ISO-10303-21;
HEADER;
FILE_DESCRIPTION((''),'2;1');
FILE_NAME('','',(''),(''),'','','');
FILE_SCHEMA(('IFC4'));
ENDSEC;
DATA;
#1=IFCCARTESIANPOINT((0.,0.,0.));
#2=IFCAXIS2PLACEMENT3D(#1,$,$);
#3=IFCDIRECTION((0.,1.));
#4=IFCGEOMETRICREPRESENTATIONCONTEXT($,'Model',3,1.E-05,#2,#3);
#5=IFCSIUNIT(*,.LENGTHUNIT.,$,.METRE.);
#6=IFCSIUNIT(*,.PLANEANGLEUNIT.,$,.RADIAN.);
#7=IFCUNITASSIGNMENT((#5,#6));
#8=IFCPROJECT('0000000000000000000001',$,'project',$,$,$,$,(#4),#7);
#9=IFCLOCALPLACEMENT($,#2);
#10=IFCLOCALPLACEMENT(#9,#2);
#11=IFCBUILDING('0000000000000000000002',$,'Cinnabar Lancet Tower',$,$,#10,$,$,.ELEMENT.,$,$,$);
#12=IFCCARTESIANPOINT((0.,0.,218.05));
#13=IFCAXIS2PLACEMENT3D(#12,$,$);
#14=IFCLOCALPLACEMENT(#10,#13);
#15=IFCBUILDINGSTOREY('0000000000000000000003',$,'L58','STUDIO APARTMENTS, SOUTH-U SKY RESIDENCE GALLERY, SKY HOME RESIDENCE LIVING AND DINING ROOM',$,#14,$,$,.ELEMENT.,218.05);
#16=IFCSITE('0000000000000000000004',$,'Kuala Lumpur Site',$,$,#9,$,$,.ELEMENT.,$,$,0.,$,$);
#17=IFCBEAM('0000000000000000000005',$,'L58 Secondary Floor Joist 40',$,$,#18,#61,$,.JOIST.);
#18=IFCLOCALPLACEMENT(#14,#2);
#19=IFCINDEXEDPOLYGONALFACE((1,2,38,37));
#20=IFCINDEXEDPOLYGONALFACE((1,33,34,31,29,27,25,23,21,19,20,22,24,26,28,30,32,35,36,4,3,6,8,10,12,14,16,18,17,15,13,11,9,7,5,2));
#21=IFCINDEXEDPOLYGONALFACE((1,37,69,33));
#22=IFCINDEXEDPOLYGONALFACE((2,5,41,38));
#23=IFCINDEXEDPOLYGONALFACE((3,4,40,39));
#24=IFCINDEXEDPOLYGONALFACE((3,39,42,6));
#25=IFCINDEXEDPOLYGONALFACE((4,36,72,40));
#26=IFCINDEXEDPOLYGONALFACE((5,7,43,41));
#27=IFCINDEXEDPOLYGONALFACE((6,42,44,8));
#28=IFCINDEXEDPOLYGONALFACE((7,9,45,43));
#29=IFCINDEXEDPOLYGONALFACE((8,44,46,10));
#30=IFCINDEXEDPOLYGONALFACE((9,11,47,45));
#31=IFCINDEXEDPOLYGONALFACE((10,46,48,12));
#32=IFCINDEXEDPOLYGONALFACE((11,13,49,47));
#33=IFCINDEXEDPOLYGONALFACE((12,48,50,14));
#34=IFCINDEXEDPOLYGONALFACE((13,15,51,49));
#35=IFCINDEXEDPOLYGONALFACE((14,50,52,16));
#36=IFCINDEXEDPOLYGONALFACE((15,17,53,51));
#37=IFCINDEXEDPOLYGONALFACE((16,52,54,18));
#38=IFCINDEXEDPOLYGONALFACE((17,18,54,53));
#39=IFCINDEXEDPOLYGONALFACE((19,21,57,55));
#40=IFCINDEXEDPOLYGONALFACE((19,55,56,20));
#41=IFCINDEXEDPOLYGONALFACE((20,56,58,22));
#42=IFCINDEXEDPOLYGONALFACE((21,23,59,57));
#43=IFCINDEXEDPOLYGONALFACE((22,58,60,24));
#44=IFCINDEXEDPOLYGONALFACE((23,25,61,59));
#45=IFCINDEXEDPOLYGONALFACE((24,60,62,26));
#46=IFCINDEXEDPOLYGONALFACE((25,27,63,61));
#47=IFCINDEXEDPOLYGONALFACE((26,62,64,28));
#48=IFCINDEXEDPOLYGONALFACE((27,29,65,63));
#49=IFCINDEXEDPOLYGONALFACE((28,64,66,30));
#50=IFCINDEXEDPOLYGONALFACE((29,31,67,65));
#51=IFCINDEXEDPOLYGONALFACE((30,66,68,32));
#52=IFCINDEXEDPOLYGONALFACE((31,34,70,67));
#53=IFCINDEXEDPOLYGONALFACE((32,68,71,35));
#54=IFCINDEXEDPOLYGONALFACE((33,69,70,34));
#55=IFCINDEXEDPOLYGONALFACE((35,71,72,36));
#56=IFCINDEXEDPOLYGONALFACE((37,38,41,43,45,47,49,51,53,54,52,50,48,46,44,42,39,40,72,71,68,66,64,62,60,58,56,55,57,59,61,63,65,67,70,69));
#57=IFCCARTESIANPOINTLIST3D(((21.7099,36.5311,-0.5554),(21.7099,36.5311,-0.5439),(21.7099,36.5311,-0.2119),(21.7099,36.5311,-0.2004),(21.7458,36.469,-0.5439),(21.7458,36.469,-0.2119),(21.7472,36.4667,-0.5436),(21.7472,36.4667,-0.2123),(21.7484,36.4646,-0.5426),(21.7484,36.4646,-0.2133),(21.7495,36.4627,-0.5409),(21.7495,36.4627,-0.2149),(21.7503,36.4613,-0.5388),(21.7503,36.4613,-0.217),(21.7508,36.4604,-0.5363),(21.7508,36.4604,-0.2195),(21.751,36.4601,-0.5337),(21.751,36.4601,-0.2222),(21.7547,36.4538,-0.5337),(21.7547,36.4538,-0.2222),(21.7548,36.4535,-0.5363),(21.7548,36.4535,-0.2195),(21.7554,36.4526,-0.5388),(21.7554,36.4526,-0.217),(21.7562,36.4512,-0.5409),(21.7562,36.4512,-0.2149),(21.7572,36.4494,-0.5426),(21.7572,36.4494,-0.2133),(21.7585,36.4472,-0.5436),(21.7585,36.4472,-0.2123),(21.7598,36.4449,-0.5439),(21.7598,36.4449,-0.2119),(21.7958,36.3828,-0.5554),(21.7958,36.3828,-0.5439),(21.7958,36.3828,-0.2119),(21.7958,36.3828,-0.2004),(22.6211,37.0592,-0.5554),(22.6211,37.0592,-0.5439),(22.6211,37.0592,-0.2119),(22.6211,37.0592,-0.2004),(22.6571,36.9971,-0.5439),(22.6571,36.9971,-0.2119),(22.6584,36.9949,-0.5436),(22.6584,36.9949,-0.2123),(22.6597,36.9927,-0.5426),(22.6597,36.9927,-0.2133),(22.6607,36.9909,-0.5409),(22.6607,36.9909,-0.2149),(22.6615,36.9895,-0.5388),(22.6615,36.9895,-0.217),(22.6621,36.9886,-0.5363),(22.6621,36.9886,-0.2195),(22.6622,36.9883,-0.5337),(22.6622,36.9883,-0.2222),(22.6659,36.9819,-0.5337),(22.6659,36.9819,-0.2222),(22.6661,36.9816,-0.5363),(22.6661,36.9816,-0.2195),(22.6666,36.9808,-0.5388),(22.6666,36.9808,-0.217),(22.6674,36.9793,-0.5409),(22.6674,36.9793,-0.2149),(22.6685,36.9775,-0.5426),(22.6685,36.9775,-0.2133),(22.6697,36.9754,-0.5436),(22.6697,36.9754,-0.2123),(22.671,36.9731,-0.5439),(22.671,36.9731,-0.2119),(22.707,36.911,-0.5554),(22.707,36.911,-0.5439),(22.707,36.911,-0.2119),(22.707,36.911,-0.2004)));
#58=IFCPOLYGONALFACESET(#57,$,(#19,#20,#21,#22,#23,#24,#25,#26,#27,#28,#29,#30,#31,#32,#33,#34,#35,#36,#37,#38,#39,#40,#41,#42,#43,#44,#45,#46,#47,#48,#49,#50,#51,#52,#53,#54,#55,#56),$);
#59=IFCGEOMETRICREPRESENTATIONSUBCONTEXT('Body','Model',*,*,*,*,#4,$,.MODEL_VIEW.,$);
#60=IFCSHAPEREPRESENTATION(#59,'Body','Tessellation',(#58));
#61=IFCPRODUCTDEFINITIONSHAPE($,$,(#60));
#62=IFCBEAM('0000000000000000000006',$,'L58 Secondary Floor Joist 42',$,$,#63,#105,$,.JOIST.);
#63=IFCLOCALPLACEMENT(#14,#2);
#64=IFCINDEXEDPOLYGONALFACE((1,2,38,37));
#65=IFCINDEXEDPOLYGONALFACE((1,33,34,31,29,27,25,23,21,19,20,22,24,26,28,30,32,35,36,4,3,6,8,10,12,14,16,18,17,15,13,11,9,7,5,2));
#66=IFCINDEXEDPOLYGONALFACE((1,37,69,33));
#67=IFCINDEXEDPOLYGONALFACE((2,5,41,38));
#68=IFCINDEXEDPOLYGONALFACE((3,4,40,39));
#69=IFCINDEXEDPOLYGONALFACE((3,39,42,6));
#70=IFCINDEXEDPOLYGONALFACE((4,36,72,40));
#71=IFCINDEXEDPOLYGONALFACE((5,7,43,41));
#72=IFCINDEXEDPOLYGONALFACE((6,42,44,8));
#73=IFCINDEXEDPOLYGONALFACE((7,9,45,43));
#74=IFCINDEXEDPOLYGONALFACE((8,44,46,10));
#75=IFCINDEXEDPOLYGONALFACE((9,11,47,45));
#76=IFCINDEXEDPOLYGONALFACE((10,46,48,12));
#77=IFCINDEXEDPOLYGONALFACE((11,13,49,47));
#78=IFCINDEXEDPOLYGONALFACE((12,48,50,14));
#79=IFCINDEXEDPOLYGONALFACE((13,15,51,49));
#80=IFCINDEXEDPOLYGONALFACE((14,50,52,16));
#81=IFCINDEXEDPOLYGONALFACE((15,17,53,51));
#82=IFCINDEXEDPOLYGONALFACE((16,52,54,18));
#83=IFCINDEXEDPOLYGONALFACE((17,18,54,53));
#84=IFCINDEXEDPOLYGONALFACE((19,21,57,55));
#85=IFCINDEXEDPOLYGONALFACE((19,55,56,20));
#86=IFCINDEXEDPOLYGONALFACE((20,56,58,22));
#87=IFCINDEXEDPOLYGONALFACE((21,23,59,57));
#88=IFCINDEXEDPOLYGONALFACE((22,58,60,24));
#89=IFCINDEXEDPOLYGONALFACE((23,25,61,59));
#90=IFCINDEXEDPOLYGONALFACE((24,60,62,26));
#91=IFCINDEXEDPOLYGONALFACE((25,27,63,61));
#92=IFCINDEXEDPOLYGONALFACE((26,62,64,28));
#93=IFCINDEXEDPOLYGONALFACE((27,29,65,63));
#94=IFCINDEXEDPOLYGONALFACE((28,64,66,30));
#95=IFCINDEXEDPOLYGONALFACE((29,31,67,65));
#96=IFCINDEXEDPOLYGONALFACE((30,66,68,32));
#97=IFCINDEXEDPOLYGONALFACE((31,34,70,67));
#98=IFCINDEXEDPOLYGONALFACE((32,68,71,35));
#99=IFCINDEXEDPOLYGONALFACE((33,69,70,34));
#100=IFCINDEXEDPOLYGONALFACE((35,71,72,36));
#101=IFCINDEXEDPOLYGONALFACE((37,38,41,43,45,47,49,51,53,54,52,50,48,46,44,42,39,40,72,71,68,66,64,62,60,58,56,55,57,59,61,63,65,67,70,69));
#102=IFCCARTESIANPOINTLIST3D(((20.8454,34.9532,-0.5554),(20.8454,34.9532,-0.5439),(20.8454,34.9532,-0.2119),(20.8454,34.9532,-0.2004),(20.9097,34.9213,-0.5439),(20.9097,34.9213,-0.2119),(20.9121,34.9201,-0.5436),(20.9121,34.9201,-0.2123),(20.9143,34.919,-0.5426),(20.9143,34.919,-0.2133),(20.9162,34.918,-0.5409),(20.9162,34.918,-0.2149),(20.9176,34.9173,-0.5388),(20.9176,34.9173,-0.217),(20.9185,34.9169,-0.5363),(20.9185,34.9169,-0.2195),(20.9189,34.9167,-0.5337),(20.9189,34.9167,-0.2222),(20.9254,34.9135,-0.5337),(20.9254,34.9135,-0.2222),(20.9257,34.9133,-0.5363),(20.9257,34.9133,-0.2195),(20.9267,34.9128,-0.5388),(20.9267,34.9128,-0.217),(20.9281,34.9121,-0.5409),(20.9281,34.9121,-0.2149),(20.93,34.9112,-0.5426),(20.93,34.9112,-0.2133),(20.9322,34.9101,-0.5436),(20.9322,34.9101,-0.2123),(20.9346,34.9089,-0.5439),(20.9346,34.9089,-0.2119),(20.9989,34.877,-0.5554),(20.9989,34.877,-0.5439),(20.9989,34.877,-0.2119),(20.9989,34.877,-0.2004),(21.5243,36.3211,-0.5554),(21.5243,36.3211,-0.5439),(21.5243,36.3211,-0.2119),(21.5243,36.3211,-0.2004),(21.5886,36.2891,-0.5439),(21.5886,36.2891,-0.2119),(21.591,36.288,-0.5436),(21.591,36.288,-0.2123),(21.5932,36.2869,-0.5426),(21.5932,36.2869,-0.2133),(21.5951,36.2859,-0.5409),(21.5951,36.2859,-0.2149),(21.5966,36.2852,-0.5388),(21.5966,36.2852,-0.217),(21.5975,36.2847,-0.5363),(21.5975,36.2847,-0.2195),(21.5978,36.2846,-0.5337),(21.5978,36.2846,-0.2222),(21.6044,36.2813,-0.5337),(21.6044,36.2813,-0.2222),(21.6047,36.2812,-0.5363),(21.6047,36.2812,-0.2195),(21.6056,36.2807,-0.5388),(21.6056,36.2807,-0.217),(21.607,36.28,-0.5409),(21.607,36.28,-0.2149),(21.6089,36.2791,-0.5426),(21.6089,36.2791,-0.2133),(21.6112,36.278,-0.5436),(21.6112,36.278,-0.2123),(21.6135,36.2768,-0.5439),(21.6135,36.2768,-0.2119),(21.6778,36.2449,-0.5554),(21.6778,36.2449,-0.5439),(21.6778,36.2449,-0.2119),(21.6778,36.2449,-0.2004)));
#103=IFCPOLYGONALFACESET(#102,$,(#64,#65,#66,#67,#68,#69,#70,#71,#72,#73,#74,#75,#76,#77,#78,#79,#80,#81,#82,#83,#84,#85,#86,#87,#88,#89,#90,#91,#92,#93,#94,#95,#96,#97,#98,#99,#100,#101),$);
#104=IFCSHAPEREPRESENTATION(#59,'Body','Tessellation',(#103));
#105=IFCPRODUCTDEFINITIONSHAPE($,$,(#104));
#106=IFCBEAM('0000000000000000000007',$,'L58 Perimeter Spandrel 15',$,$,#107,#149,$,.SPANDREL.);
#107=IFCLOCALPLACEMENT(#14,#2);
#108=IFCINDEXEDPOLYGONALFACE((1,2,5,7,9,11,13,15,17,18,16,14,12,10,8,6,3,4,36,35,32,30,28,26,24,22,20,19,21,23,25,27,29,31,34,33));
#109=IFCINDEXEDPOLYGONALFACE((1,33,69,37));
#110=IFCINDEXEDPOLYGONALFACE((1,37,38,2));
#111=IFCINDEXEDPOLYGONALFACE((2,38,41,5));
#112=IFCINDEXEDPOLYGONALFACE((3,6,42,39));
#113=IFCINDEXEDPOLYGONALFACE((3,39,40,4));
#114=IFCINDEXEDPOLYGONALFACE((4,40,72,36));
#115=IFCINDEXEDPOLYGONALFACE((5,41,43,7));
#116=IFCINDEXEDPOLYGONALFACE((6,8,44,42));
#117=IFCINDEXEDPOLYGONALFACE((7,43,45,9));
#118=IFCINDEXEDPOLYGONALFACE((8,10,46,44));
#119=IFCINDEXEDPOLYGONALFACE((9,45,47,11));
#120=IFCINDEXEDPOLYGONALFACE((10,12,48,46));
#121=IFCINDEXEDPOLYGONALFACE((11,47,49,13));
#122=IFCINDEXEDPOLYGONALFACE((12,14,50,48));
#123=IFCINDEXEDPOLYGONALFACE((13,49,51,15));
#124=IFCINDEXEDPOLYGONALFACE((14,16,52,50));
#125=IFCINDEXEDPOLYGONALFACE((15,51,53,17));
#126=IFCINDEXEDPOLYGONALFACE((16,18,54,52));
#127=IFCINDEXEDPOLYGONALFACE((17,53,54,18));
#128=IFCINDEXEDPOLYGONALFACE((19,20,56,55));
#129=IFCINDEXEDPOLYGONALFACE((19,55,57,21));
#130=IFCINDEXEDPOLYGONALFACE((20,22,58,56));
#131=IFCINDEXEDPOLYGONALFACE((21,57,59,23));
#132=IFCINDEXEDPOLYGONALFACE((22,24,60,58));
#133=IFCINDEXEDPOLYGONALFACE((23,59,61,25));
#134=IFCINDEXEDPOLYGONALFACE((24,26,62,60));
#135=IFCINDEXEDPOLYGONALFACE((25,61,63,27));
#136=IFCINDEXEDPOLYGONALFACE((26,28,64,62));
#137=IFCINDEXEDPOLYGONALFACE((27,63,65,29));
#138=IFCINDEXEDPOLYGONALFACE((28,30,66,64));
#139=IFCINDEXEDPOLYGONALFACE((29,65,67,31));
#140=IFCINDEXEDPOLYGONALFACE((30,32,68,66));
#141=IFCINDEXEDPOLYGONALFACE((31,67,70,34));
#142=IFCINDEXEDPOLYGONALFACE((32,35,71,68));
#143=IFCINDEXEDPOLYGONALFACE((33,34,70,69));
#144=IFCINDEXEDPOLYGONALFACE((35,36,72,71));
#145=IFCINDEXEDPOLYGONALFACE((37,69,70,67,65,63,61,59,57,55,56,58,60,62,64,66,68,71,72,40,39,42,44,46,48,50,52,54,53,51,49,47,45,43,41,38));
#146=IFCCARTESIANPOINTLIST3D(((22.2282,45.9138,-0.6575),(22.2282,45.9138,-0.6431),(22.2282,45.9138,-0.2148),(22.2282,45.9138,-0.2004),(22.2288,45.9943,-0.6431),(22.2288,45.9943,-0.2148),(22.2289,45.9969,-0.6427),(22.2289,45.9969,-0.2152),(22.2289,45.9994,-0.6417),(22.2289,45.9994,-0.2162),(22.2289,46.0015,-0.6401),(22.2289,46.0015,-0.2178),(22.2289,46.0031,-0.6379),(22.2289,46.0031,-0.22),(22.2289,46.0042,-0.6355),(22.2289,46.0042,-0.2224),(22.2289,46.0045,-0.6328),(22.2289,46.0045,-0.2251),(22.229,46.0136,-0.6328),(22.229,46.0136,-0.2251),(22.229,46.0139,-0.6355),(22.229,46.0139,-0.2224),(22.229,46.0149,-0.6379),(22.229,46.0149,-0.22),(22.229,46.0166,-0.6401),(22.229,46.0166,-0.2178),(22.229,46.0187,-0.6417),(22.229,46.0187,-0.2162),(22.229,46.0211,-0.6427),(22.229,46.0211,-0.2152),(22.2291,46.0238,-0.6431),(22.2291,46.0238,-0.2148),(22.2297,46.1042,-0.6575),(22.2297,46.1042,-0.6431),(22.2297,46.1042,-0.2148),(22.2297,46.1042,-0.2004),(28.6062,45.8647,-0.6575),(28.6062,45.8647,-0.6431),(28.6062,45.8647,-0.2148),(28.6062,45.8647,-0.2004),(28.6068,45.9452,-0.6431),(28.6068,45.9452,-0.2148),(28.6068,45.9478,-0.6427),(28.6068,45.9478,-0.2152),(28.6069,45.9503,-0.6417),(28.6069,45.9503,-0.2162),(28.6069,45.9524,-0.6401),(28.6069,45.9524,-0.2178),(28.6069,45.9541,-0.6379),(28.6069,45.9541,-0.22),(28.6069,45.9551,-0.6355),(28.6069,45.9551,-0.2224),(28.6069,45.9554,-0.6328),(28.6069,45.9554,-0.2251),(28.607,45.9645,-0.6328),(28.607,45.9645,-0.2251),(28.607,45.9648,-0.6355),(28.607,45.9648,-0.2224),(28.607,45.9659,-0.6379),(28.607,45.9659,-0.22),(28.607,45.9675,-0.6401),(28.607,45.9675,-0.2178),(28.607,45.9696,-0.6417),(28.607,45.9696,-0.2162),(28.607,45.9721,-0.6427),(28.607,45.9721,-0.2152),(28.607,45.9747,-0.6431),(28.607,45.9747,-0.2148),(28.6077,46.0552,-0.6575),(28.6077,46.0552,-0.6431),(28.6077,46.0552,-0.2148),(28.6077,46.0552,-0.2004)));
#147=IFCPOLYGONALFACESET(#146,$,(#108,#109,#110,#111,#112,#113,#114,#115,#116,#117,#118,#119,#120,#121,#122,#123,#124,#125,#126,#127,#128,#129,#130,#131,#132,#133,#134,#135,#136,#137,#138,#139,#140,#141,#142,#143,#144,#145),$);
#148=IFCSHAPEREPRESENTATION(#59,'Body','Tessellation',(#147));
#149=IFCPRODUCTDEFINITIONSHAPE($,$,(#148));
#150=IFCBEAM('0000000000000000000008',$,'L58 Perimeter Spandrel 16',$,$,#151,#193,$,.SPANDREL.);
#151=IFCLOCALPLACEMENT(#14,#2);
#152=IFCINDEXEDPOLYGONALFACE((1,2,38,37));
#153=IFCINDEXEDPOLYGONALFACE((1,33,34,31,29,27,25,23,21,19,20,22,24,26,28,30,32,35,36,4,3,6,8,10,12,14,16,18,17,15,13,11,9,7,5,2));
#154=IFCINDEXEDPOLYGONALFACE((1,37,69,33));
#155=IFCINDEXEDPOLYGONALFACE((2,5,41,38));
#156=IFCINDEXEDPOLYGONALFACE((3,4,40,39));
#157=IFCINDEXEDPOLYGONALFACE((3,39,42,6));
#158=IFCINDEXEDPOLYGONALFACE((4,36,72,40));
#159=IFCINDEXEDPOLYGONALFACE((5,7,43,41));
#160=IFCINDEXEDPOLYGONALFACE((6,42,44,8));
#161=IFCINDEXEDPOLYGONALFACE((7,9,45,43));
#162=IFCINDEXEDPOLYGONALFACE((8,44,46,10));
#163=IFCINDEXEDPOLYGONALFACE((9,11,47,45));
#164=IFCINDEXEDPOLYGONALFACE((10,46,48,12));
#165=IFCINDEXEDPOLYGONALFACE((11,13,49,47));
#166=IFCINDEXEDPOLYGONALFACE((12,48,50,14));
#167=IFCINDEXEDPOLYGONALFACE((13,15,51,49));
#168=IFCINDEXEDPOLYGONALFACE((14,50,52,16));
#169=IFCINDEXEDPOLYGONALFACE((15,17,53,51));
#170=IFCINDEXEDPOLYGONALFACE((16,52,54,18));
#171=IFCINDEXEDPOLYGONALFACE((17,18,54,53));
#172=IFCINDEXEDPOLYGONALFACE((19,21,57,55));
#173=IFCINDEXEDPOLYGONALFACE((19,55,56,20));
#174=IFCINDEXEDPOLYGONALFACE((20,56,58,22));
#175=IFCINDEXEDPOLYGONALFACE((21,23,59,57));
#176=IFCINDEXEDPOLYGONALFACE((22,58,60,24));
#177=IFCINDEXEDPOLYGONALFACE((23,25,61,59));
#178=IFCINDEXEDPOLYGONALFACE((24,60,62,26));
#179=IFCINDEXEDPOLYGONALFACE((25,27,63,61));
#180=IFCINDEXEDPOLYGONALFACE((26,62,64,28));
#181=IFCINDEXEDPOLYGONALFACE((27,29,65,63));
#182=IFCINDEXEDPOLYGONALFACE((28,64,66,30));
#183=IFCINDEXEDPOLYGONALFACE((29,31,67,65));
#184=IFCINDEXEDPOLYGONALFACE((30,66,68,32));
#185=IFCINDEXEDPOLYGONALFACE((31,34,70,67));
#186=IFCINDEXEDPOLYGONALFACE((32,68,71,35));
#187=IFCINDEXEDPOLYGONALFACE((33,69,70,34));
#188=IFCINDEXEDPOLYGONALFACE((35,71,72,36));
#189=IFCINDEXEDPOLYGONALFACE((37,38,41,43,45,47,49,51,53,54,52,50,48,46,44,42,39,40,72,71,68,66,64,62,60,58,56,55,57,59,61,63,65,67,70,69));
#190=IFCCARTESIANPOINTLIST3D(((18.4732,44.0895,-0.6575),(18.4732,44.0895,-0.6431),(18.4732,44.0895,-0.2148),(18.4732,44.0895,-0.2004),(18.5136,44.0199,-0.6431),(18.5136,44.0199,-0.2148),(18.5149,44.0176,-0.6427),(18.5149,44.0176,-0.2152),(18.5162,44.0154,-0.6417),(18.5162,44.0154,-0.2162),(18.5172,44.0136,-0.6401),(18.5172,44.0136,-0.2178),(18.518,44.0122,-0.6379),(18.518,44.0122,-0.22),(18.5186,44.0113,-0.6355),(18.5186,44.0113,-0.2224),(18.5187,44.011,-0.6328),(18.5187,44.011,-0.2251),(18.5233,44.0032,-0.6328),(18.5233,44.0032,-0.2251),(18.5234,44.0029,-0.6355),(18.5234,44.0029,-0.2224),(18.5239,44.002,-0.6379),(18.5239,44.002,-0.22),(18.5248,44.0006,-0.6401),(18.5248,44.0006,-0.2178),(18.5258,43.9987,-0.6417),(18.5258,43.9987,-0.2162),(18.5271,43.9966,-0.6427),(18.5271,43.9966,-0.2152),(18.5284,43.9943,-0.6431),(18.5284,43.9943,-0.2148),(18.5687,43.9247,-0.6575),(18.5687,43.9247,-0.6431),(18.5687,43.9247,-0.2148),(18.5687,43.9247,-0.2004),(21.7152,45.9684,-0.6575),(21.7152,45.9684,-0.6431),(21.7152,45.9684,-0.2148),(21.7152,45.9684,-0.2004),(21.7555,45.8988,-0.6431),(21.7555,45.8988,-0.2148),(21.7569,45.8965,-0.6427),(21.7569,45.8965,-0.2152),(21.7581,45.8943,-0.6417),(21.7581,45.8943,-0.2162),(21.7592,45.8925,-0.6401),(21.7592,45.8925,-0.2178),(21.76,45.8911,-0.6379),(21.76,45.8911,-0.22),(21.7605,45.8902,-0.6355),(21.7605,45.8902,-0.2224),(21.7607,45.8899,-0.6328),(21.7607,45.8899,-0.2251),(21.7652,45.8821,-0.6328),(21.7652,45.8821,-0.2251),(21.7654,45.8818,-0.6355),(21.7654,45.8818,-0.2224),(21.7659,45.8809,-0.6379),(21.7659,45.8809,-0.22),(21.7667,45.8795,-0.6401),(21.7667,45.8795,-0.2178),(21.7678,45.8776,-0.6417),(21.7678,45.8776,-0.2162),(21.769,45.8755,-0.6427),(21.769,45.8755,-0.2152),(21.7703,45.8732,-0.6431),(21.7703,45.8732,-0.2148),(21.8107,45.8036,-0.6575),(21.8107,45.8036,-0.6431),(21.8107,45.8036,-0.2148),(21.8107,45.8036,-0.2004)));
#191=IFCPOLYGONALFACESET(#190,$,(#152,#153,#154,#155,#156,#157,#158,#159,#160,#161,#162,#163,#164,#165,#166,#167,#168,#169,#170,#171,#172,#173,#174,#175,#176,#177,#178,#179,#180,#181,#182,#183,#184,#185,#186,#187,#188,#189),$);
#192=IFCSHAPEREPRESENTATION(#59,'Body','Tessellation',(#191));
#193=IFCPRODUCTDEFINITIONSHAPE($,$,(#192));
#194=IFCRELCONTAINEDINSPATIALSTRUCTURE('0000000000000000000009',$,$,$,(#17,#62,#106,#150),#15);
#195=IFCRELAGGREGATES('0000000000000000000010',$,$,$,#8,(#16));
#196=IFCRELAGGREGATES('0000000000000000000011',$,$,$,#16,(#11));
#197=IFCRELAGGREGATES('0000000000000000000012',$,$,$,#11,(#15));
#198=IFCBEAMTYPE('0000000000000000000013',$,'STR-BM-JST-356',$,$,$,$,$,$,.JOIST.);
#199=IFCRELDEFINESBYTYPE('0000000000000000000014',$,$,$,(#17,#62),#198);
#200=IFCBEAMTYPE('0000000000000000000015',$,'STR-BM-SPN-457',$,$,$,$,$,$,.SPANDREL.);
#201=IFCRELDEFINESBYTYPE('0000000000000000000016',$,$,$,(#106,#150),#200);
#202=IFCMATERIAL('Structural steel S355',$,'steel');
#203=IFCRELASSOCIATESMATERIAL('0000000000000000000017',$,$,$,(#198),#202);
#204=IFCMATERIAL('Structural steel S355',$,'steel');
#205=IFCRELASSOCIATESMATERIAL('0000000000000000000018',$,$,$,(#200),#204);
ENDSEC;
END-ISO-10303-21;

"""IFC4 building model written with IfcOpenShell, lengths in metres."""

from ifc_helpers import new_model, si_unit, direction, frame, origin, origin_2d, place, context, subcontext, project, spatial, i_section, extrude, material, material_profile, profile_set, type_object, element, save


model = new_model("IFC4")

# Units and contexts
model_context = context("Model", 3, precision=1e-05, world=origin(), true_north=direction((0.0, 1.0)))
body_context = subcontext(model_context, "Body", "Model", "MODEL_VIEW")
ifc_project = project(units=[si_unit("LENGTHUNIT", "METRE"), si_unit("PLANEANGLEUNIT", "RADIAN")], contexts=[model_context])

# Site, building, storey
site_placement = place(None, origin())
site = spatial("IfcSite", under=ifc_project, at=site_placement, Name="Kuala Lumpur Site", CompositionType="ELEMENT", RefElevation=0.0)
building_placement = place(site_placement, origin())
building = spatial("IfcBuilding", under=site, at=building_placement, Name="Cinnabar Lancet Tower", CompositionType="ELEMENT")
storey_placement = place(building_placement, frame((0.0, 0.0, 218.05)))
storey = spatial("IfcBuildingStorey", under=building, at=storey_placement, Name="L58", Description="STUDIO APARTMENTS, SOUTH-U SKY RESIDENCE GALLERY, SKY HOME RESIDENCE LIVING AND DINING ROOM", CompositionType="ELEMENT", Elevation=218.05)

# Beams
ifc_material_1 = material(Name="Structural steel S355", Category="steel")
ifc_material_profile_1 = material_profile(ifc_material_1, i_section(OverallWidth=0.1714, OverallDepth=0.355, WebThickness=0.0073, FlangeThickness=0.0115, FilletRadius=0.0103, at=origin_2d()), Name="UKB 356x171x51")
ifc_profile_set_1 = profile_set([ifc_material_profile_1], Name="Structural steel S355")
beam_type_1 = type_object("IfcBeamType", Name="STR-BM-JST-356", PredefinedType="JOIST", material=ifc_profile_set_1)
beam_1_placement = place(storey_placement, frame((22.6641, 36.9851, -0.3779), z_axis=(-0.865188, -0.501447, 0.0), x_axis=(0.501447, -0.865188, 0.0)))
element("IfcBeam", 1, at=beam_1_placement, inside=storey, type_object=beam_type_1, Name="L58 Secondary Floor Joist 40", PredefinedType="JOIST", context=body_context, shape_type="SweptSolid", body=[
    extrude(i_section(OverallWidth=0.1714, OverallDepth=0.355, WebThickness=0.0073, FlangeThickness=0.0115, FilletRadius=0.0103, at=origin_2d()), origin(), (0.0, 0.0, 1.0), 1.0532),
])
beam_2_placement = place(storey_placement, frame((21.6011, 36.283, -0.3779), z_axis=(-0.44459, -0.895734, 0.0), x_axis=(0.895734, -0.44459, 0.0)))
element("IfcBeam", 2, at=beam_2_placement, inside=storey, type_object=beam_type_1, Name="L58 Secondary Floor Joist 42", PredefinedType="JOIST", context=body_context, shape_type="SweptSolid", body=[
    extrude(i_section(OverallWidth=0.1714, OverallDepth=0.355, WebThickness=0.0073, FlangeThickness=0.0115, FilletRadius=0.0103, at=origin_2d()), origin(), (0.0, 0.0, 1.0), 1.5271),
])
ifc_material_2 = material(Name="Structural steel S355", Category="steel")
ifc_material_profile_2 = material_profile(ifc_material_2, i_section(OverallWidth=0.1904, OverallDepth=0.457, WebThickness=0.009, FlangeThickness=0.0144, FilletRadius=0.0103, at=origin_2d()), Name="UKB 457x191x74")
ifc_profile_set_2 = profile_set([ifc_material_profile_2], Name="Structural steel S355")
beam_type_2 = type_object("IfcBeamType", Name="STR-BM-SPN-457", PredefinedType="SPANDREL", material=ifc_profile_set_2)
beam_3_placement = place(storey_placement, frame((28.6069, 45.96, -0.429), z_axis=(-0.99997, 0.007694, 0.0), x_axis=(-0.007694, -0.99997, 0.0)))
element("IfcBeam", 3, at=beam_3_placement, inside=storey, type_object=beam_type_2, Name="L58 Perimeter Spandrel 15", PredefinedType="SPANDREL", context=body_context, shape_type="SweptSolid", body=[
    extrude(i_section(OverallWidth=0.1904, OverallDepth=0.457, WebThickness=0.009, FlangeThickness=0.0144, FilletRadius=0.0103, at=origin_2d()), origin(), (0.0, 0.0, 1.0), 6.3782),
])
beam_4_placement = place(storey_placement, frame((21.7629, 45.886, -0.429), z_axis=(-0.865196, -0.501434, 0.0), x_axis=(0.501434, -0.865196, 0.0)))
element("IfcBeam", 4, at=beam_4_placement, inside=storey, type_object=beam_type_2, Name="L58 Perimeter Spandrel 16", PredefinedType="SPANDREL", context=body_context, shape_type="SweptSolid", body=[
    extrude(i_section(OverallWidth=0.1904, OverallDepth=0.457, WebThickness=0.009, FlangeThickness=0.0144, FilletRadius=0.0103, at=origin_2d()), origin(), (0.0, 0.0, 1.0), 3.7471),
])

save(model, "model.ifc")
